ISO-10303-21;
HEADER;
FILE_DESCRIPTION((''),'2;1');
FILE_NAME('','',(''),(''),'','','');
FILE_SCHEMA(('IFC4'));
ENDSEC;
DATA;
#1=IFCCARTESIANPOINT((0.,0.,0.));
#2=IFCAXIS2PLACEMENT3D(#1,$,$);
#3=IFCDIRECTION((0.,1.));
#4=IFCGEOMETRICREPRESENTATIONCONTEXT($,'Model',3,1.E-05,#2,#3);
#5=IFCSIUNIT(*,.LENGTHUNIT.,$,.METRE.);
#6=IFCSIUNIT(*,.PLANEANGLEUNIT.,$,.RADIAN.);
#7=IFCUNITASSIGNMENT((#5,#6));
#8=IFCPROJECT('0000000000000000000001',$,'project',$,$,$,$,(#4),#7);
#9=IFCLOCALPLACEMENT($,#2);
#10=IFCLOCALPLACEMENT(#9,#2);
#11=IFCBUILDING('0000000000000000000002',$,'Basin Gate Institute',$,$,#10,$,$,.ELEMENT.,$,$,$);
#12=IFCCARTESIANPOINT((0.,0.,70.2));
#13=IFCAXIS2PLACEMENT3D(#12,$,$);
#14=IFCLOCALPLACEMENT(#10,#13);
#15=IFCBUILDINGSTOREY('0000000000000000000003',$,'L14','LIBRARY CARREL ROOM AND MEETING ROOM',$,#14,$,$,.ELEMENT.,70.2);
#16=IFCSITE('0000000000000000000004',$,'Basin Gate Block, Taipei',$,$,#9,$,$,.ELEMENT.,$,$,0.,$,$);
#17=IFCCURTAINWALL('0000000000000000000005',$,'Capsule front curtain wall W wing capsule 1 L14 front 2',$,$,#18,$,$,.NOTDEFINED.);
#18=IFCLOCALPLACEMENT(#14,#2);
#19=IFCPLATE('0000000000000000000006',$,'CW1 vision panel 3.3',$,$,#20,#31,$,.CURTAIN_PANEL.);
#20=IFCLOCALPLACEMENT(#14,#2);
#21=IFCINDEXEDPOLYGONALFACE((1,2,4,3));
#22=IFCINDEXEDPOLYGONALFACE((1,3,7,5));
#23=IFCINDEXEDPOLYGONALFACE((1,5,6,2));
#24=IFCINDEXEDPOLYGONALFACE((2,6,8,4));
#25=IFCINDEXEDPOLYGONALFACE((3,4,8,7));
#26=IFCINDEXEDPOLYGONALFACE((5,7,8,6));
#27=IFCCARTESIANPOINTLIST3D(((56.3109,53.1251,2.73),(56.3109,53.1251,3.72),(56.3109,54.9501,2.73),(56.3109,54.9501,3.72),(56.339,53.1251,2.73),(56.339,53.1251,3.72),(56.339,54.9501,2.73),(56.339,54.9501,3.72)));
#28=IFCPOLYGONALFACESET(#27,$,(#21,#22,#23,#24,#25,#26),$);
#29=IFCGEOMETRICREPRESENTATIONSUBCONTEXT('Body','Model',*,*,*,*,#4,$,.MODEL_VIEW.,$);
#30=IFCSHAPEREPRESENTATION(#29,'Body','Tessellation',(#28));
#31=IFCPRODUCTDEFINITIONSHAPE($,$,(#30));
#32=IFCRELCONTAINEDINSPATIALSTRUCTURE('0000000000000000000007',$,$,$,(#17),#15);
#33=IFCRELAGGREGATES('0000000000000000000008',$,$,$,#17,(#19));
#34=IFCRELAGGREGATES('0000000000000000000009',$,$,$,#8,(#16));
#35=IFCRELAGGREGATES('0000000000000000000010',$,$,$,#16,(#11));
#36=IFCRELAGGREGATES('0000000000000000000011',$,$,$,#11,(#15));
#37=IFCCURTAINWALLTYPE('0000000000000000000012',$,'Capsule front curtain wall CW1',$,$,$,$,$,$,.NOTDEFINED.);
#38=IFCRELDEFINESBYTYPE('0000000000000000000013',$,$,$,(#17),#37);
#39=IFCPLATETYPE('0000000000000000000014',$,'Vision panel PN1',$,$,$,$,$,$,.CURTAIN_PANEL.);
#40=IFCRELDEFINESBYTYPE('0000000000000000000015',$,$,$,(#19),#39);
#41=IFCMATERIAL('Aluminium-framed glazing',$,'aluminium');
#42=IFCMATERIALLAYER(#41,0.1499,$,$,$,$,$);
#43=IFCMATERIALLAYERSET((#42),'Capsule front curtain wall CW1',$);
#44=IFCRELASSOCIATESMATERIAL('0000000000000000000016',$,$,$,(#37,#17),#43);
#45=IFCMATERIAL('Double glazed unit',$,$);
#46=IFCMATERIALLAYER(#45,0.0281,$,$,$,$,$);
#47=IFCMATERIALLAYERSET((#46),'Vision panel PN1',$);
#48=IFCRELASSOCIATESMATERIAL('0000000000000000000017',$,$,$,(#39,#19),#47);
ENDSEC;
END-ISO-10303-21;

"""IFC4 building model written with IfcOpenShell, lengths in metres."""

from ifc_helpers import new_model, si_unit, direction, frame, origin, origin_2d, place, context, subcontext, project, spatial, rectangle, extrude, material, layer, layer_set, type_object, element, aggregate, save


model = new_model("IFC4")

# Units and contexts
model_context = context("Model", 3, precision=1e-05, world=origin(), true_north=direction((0.0, 1.0)))
body_context = subcontext(model_context, "Body", "Model", "MODEL_VIEW")
ifc_project = project(units=[si_unit("LENGTHUNIT", "METRE"), si_unit("PLANEANGLEUNIT", "RADIAN")], contexts=[model_context])

# Site, building, storey
site_placement = place(None, origin())
site = spatial("IfcSite", under=ifc_project, at=site_placement, Name="Basin Gate Block, Taipei", CompositionType="ELEMENT", RefElevation=0.0)
building_placement = place(site_placement, origin())
building = spatial("IfcBuilding", under=site, at=building_placement, Name="Basin Gate Institute", CompositionType="ELEMENT")
storey_placement = place(building_placement, frame((0.0, 0.0, 70.2)))
storey = spatial("IfcBuildingStorey", under=building, at=storey_placement, Name="L14", Description="LIBRARY CARREL ROOM AND MEETING ROOM", CompositionType="ELEMENT", Elevation=70.2)

# Curtain wall
ifc_material_1 = material(Name="Aluminium-framed glazing", Category="aluminium")
ifc_layer_1 = layer(ifc_material_1, 0.1499)
ifc_layer_set_1 = layer_set([ifc_layer_1], Name="Capsule front curtain wall CW1")
curtain_wall_type = type_object("IfcCurtainWallType", Name="Capsule front curtain wall CW1", PredefinedType="NOTDEFINED", material=ifc_layer_set_1)
curtain_wall_placement = place(storey_placement, origin())
curtain_wall = element("IfcCurtainWall", 1, at=curtain_wall_placement, inside=storey, type_object=curtain_wall_type, material=ifc_layer_set_1, Name="Capsule front curtain wall W wing capsule 1 L14 front 2", PredefinedType="NOTDEFINED")

# Plate
ifc_material_2 = material(Name="Double glazed unit")
ifc_layer_2 = layer(ifc_material_2, 0.0281)
ifc_layer_set_2 = layer_set([ifc_layer_2], Name="Vision panel PN1")
plate_type_1 = type_object("IfcPlateType", Name="Vision panel PN1", PredefinedType="CURTAIN_PANEL", material=ifc_layer_set_2)
plate_1_placement = place(storey_placement, frame((56.325, 54.0376, 2.73), z_axis=(0.0, 0.0, 1.0), x_axis=(0.0, 1.0, 0.0)))
plate_1 = element("IfcPlate", 2, at=plate_1_placement, type_object=plate_type_1, material=ifc_layer_set_2, Name="CW1 vision panel 3.3", PredefinedType="CURTAIN_PANEL", context=body_context, shape_type="SweptSolid", body=[
    extrude(rectangle(XDim=1.825, YDim=0.0281, at=origin_2d()), origin(), (0.0, 0.0, 1.0), 0.99),
])
aggregate(curtain_wall, [plate_1])

save(model, "model.ifc")
